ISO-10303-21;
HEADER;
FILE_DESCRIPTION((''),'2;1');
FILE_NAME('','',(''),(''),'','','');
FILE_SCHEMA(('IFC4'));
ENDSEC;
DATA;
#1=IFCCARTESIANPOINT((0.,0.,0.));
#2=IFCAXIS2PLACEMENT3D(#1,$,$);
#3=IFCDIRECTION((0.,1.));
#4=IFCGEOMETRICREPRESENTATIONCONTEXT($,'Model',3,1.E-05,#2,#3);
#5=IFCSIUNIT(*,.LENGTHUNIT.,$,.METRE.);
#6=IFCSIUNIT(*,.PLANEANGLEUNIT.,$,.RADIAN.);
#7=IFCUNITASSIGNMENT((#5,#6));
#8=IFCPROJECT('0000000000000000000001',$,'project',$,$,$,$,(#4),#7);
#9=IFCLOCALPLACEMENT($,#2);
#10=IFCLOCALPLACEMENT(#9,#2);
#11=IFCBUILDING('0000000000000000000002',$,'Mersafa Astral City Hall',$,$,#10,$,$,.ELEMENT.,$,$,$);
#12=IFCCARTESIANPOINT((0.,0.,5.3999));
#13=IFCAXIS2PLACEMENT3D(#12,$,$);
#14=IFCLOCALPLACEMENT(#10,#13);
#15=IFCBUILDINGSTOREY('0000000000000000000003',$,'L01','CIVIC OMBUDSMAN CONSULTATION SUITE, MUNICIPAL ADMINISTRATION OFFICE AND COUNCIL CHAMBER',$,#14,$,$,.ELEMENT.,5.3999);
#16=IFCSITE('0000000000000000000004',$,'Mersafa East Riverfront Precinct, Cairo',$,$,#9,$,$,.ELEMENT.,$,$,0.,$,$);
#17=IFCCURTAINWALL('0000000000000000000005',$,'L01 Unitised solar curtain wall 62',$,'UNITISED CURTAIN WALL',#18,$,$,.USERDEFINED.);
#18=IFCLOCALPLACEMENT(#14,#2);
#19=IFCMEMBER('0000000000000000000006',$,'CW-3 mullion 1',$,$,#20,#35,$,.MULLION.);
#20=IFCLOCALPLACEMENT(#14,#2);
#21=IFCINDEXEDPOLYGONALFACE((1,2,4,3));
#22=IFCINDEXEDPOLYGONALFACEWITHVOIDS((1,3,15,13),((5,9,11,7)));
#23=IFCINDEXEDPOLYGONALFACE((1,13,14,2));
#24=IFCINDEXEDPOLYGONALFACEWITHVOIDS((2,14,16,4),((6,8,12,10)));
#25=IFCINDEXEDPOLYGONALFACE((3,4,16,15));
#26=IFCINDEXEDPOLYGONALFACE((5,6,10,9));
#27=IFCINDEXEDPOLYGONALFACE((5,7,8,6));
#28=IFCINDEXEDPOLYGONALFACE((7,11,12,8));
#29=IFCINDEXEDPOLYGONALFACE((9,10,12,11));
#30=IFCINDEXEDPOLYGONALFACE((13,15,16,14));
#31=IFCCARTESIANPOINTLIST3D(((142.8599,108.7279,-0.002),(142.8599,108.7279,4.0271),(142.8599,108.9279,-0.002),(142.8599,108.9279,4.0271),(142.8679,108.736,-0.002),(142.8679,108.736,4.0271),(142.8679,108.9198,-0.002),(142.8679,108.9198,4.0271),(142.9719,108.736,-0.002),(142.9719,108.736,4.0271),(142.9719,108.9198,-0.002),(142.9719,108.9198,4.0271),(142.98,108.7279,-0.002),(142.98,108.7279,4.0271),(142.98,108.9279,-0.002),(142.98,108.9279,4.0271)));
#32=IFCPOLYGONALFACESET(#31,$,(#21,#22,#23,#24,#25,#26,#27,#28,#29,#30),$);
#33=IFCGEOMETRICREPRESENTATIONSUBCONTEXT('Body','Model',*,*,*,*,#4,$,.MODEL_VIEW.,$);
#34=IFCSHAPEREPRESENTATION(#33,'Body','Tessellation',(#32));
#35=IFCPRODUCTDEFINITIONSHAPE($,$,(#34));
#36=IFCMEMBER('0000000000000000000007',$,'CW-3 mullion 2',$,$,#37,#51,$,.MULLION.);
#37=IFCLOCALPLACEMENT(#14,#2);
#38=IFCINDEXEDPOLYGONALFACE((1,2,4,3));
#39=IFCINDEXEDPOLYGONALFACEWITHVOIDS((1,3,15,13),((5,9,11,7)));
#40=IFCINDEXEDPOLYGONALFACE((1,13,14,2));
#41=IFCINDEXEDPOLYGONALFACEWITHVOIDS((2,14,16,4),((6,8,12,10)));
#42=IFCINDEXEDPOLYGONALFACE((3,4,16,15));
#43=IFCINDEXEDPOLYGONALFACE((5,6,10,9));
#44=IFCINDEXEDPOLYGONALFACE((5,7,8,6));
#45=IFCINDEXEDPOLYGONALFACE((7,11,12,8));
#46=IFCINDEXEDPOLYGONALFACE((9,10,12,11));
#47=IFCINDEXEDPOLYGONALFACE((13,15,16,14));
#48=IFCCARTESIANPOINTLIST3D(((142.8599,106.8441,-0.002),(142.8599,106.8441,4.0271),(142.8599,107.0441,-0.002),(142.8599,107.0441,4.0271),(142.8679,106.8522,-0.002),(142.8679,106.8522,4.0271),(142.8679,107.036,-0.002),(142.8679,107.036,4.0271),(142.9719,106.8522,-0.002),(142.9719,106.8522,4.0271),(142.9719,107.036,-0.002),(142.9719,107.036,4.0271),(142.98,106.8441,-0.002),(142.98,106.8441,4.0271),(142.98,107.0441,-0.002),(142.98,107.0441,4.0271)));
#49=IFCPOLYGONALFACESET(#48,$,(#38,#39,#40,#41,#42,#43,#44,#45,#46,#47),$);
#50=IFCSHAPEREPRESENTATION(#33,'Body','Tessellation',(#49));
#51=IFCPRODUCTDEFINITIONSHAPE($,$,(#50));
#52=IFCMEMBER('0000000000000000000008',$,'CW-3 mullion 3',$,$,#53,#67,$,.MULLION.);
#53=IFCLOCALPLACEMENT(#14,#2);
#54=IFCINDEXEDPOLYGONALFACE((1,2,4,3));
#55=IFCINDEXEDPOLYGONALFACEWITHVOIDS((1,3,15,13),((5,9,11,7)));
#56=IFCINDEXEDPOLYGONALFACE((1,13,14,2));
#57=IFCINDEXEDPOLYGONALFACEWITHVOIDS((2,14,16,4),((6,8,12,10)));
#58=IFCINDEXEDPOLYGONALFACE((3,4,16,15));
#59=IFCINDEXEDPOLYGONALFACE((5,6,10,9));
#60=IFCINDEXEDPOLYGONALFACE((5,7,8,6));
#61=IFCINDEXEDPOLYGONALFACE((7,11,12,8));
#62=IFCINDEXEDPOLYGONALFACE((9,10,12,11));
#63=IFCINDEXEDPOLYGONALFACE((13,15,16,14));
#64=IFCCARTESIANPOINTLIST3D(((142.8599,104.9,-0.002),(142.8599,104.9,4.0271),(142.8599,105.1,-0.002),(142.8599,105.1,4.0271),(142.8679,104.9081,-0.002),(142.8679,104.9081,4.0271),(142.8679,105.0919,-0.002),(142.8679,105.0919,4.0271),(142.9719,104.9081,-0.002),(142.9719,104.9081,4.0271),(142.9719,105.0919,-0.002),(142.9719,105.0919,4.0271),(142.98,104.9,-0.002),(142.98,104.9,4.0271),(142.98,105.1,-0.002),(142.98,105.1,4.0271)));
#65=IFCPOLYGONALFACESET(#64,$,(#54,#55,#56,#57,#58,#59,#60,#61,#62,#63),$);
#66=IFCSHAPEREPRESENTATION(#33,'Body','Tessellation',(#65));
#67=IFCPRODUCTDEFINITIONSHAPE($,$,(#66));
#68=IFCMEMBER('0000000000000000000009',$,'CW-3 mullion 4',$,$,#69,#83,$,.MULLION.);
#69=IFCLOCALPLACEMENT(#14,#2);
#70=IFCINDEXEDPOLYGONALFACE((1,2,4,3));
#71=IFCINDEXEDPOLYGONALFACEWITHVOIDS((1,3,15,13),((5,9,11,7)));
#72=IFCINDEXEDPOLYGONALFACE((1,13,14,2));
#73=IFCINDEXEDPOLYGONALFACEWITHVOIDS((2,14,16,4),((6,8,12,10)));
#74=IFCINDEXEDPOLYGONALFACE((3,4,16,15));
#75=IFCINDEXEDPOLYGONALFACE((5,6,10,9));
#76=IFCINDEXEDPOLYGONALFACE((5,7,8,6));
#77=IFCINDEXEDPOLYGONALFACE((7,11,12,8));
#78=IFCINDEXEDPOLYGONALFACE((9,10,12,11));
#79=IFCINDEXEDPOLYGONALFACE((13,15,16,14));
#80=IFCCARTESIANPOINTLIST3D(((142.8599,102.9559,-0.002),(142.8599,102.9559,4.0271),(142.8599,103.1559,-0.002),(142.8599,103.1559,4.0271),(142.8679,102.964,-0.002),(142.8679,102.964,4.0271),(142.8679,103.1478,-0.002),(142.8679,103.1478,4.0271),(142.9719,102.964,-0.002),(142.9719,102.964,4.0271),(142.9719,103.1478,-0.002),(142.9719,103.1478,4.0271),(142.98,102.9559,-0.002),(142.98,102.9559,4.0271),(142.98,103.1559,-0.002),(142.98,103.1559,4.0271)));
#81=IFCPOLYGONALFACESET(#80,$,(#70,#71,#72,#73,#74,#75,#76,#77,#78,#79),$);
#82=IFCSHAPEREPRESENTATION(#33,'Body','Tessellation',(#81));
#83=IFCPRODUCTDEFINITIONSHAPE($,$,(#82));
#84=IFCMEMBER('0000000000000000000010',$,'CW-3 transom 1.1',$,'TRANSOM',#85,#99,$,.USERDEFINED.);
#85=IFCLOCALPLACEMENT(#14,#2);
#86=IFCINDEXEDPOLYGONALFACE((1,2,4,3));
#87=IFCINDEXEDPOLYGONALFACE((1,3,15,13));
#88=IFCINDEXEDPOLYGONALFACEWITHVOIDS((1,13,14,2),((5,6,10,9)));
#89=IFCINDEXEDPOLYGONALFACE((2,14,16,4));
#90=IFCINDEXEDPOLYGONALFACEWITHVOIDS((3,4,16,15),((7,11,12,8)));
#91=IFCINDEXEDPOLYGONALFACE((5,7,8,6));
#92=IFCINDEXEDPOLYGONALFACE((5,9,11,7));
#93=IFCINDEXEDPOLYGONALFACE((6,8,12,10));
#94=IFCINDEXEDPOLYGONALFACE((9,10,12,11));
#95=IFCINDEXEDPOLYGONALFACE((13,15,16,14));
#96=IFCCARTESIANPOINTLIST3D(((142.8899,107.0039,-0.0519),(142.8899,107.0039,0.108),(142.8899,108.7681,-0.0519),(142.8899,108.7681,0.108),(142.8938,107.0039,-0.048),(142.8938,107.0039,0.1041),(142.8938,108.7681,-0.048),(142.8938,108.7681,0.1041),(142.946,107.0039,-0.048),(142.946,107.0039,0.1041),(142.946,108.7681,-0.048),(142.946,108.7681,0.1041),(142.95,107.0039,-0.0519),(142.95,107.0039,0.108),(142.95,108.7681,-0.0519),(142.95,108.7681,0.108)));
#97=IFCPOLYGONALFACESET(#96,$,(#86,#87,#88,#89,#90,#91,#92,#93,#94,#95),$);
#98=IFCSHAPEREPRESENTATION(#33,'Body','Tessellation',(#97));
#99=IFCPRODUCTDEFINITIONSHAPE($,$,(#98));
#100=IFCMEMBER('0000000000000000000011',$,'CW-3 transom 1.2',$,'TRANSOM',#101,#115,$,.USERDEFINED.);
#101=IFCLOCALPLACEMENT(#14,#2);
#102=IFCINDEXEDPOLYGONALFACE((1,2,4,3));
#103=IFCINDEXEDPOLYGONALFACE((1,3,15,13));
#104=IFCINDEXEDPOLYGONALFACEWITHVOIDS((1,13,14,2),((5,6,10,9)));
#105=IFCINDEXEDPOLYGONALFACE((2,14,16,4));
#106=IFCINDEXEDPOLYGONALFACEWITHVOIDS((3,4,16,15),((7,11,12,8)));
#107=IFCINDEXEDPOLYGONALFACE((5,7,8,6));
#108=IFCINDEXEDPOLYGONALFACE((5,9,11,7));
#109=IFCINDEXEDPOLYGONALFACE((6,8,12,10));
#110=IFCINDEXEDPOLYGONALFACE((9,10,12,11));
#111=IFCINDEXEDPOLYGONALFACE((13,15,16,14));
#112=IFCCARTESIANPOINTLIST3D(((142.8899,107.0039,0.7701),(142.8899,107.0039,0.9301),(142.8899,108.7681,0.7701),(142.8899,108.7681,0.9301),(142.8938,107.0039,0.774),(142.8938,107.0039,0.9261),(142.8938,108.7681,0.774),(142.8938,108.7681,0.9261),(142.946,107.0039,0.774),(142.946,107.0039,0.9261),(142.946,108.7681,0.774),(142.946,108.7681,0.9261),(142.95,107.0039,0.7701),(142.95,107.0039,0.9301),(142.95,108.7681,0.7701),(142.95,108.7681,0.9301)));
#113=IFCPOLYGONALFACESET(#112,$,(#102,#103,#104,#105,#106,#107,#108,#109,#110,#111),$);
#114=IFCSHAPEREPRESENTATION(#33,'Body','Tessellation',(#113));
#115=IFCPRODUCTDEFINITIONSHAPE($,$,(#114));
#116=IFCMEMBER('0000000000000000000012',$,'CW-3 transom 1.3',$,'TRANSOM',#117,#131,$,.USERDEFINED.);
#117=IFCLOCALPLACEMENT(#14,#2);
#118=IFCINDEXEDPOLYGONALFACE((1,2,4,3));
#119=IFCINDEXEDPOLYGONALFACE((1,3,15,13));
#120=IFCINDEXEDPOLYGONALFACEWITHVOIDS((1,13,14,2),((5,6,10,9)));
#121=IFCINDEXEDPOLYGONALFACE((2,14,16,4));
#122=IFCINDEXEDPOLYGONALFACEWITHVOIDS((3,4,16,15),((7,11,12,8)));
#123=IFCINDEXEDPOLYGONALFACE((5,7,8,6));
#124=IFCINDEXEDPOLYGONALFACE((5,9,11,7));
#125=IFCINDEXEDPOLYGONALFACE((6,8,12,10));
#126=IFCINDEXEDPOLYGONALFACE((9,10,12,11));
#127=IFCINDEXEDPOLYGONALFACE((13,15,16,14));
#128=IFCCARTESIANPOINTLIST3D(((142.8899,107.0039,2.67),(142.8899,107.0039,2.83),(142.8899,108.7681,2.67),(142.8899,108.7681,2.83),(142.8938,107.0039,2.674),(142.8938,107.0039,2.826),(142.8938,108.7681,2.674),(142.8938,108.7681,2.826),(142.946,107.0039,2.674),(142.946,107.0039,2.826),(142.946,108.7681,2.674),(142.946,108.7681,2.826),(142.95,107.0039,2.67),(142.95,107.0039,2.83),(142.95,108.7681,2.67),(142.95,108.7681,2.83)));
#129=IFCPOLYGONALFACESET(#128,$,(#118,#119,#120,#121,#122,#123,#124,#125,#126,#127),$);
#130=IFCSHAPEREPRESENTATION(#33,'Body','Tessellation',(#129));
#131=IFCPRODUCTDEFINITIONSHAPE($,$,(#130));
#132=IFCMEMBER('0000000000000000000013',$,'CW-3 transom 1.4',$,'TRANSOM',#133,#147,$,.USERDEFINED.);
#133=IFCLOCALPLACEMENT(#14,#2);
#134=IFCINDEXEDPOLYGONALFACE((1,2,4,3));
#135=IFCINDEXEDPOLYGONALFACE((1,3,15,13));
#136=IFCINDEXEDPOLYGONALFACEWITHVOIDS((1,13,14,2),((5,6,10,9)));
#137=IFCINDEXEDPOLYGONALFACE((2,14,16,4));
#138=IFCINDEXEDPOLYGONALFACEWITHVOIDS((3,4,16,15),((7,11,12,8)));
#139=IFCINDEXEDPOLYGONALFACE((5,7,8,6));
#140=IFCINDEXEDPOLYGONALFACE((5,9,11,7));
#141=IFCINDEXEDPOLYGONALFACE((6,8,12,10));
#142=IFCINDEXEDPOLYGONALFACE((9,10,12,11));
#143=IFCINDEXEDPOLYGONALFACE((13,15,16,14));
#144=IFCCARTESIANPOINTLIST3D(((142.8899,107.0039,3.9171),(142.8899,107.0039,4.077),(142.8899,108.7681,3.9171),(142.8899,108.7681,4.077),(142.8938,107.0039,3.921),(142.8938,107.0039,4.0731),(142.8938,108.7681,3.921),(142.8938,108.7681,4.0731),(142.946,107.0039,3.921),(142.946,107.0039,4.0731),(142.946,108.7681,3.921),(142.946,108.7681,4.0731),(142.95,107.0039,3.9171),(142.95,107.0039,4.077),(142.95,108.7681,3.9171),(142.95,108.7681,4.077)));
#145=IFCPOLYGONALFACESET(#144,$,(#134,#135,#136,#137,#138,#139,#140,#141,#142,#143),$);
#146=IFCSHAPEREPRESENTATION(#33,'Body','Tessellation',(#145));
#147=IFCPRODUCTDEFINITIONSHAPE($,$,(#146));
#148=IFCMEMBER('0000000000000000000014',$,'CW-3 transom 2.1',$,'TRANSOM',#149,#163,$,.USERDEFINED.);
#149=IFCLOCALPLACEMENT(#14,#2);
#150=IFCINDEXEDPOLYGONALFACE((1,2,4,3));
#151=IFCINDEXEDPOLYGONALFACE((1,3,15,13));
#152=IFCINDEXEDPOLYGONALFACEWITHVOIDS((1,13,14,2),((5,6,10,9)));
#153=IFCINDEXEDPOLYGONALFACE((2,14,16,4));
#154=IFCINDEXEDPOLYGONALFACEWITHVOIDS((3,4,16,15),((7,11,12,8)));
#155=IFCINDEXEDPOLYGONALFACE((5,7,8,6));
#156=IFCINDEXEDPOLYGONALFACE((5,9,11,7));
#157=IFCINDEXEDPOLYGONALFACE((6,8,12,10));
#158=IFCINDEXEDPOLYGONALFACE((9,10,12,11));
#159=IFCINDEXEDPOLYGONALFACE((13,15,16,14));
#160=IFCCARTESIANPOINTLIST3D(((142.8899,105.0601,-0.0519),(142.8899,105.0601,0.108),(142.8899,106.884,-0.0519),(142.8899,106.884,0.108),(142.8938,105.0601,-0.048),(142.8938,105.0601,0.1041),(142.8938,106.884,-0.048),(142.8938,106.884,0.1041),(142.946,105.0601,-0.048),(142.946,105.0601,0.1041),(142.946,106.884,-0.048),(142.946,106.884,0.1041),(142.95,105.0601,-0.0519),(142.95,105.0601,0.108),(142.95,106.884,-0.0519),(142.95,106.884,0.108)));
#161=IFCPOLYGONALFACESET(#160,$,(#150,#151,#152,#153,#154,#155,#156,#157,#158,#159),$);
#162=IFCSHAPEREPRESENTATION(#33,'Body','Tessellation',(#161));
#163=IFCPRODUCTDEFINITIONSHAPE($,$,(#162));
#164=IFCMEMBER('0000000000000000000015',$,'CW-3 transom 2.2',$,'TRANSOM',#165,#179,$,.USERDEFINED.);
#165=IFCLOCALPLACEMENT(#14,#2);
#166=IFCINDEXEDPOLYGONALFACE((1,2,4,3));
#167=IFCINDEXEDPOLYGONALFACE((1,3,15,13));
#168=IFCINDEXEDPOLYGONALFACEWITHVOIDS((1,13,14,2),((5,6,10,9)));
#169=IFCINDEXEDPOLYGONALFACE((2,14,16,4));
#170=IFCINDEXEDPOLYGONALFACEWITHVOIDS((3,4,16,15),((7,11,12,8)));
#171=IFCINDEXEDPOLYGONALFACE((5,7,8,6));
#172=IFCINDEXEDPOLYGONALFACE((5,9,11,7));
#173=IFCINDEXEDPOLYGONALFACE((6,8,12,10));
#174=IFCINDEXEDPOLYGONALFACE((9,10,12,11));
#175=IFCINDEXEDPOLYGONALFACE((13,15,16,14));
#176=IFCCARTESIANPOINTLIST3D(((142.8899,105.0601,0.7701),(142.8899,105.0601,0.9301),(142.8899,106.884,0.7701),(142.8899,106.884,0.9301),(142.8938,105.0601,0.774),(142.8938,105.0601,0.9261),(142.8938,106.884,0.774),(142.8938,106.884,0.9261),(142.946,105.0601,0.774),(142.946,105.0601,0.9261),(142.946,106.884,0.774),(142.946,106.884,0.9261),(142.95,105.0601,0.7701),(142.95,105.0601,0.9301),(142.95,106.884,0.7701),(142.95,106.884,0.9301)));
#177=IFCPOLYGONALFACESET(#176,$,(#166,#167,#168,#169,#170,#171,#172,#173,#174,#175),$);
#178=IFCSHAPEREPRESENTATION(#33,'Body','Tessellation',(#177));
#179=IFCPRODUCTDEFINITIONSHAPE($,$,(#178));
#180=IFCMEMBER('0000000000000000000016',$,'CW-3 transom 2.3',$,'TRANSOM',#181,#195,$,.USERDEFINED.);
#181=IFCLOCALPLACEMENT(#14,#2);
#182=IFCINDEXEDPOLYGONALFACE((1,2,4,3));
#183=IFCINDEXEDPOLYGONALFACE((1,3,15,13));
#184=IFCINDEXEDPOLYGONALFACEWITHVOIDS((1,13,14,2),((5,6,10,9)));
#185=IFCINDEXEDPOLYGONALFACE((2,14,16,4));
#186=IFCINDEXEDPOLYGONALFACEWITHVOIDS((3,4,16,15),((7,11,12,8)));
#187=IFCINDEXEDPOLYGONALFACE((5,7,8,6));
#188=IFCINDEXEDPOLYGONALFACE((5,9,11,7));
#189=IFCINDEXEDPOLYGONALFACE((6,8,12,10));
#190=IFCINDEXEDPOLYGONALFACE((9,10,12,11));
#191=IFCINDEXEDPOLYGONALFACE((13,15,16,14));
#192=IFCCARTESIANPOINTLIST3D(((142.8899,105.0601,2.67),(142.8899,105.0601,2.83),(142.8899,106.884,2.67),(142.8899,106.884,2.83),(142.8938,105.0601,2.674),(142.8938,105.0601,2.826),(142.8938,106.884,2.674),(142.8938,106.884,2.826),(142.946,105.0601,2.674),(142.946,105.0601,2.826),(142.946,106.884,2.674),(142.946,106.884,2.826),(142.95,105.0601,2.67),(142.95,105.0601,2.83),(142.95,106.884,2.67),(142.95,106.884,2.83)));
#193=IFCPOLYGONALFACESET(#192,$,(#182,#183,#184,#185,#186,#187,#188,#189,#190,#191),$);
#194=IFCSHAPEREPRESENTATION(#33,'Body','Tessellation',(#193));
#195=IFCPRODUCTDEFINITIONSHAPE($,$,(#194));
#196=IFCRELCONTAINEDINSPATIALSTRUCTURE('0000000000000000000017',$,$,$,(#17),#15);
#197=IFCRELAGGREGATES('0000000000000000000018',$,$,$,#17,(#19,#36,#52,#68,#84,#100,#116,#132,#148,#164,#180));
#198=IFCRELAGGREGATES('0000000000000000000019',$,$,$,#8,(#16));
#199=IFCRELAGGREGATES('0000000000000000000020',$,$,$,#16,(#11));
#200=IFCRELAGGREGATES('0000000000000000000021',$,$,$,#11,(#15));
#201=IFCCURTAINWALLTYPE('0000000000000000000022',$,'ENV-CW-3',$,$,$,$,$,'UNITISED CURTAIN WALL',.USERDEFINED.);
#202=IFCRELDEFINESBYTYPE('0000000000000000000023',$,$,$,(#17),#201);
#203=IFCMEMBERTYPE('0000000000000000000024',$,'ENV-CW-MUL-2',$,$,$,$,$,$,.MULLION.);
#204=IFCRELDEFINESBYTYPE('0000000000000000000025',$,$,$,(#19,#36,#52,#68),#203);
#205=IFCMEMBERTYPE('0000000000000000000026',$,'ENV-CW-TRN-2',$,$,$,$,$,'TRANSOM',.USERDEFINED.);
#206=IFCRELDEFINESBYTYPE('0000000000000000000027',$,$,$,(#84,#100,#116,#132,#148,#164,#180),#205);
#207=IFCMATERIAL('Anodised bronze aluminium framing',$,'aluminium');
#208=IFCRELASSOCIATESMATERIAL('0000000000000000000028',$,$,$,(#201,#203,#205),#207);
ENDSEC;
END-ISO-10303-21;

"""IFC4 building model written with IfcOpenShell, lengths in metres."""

from ifc_helpers import new_model, si_unit, direction, frame, origin, origin_2d, place, context, subcontext, project, spatial, hollow_rectangle, extrude, material, material_profile, profile_set, type_object, element, aggregate, save


model = new_model("IFC4")

# Units and contexts
model_context = context("Model", 3, precision=1e-05, world=origin(), true_north=direction((0.0, 1.0)))
body_context = subcontext(model_context, "Body", "Model", "MODEL_VIEW")
ifc_project = project(units=[si_unit("LENGTHUNIT", "METRE"), si_unit("PLANEANGLEUNIT", "RADIAN")], contexts=[model_context])

# Site, building, storey
site_placement = place(None, origin())
site = spatial("IfcSite", under=ifc_project, at=site_placement, Name="Mersafa East Riverfront Precinct, Cairo", CompositionType="ELEMENT", RefElevation=0.0)
building_placement = place(site_placement, origin())
building = spatial("IfcBuilding", under=site, at=building_placement, Name="Mersafa Astral City Hall", CompositionType="ELEMENT")
storey_placement = place(building_placement, frame((0.0, 0.0, 5.3999)))
storey = spatial("IfcBuildingStorey", under=building, at=storey_placement, Name="L01", Description="CIVIC OMBUDSMAN CONSULTATION SUITE, MUNICIPAL ADMINISTRATION OFFICE AND COUNCIL CHAMBER", CompositionType="ELEMENT", Elevation=5.3999)

# Curtain wall, members
ifc_material_1 = material(Name="Anodised bronze aluminium framing", Category="aluminium")
curtain_wall_type = type_object("IfcCurtainWallType", Name="ENV-CW-3", ElementType="UNITISED CURTAIN WALL", PredefinedType="USERDEFINED", material=ifc_material_1)
curtain_wall_placement = place(storey_placement, origin())
curtain_wall = element("IfcCurtainWall", 1, at=curtain_wall_placement, inside=storey, type_object=curtain_wall_type, Name="L01 Unitised solar curtain wall 62", ObjectType="UNITISED CURTAIN WALL", PredefinedType="USERDEFINED")
ifc_material_profile_1 = material_profile(ifc_material_1, hollow_rectangle(XDim=0.1201, YDim=0.2, WallThickness=0.0081, at=origin_2d()), Name="RHS 120x200x8")
ifc_profile_set_1 = profile_set([ifc_material_profile_1], Name="Anodised bronze aluminium framing")
member_type_1 = type_object("IfcMemberType", Name="ENV-CW-MUL-2", PredefinedType="MULLION", material=ifc_profile_set_1)
member_1_placement = place(storey_placement, frame((142.9199, 108.8279, -0.002), z_axis=(0.0, 0.0, 1.0), x_axis=(1.0, 0.0, 0.0)))
member_1 = element("IfcMember", 2, at=member_1_placement, type_object=member_type_1, Name="CW-3 mullion 1", PredefinedType="MULLION", context=body_context, shape_type="SweptSolid", body=[
    extrude(hollow_rectangle(XDim=0.1201, YDim=0.2, WallThickness=0.0081, at=origin_2d()), origin(), (0.0, 0.0, 1.0), 4.0291),
])
member_2_placement = place(storey_placement, frame((142.9199, 106.9441, -0.002), z_axis=(0.0, 0.0, 1.0), x_axis=(1.0, 0.0, 0.0)))
member_2 = element("IfcMember", 3, at=member_2_placement, type_object=member_type_1, Name="CW-3 mullion 2", PredefinedType="MULLION", context=body_context, shape_type="SweptSolid", body=[
    extrude(hollow_rectangle(XDim=0.1201, YDim=0.2, WallThickness=0.0081, at=origin_2d()), origin(), (0.0, 0.0, 1.0), 4.0291),
])
member_3_placement = place(storey_placement, frame((142.9199, 105.0, -0.002), z_axis=(0.0, 0.0, 1.0), x_axis=(1.0, 0.0, 0.0)))
member_3 = element("IfcMember", 4, at=member_3_placement, type_object=member_type_1, Name="CW-3 mullion 3", PredefinedType="MULLION", context=body_context, shape_type="SweptSolid", body=[
    extrude(hollow_rectangle(XDim=0.1201, YDim=0.2, WallThickness=0.0081, at=origin_2d()), origin(), (0.0, 0.0, 1.0), 4.0291),
])
member_4_placement = place(storey_placement, frame((142.9199, 103.0559, -0.002), z_axis=(0.0, 0.0, 1.0), x_axis=(1.0, 0.0, 0.0)))
member_4 = element("IfcMember", 5, at=member_4_placement, type_object=member_type_1, Name="CW-3 mullion 4", PredefinedType="MULLION", context=body_context, shape_type="SweptSolid", body=[
    extrude(hollow_rectangle(XDim=0.1201, YDim=0.2, WallThickness=0.0081, at=origin_2d()), origin(), (0.0, 0.0, 1.0), 4.0291),
])
ifc_material_profile_2 = material_profile(ifc_material_1, hollow_rectangle(XDim=0.0601, YDim=0.1599, WallThickness=0.0039, at=origin_2d()), Name="RHS 60x160x4")
ifc_profile_set_2 = profile_set([ifc_material_profile_2], Name="Anodised bronze aluminium framing")
member_type_2 = type_object("IfcMemberType", Name="ENV-CW-TRN-2", ElementType="TRANSOM", PredefinedType="USERDEFINED", material=ifc_profile_set_2)
member_5_placement = place(storey_placement, frame((142.9199, 108.7681, 0.0281), z_axis=(0.0, -1.0, 0.0), x_axis=(1.0, 0.0, 0.0)))
member_5 = element("IfcMember", 6, at=member_5_placement, type_object=member_type_2, Name="CW-3 transom 1.1", ObjectType="TRANSOM", PredefinedType="USERDEFINED", context=body_context, shape_type="SweptSolid", body=[
    extrude(hollow_rectangle(XDim=0.0601, YDim=0.1599, WallThickness=0.0039, at=origin_2d()), origin(), (0.0, 0.0, 1.0), 1.7642),
])
member_6_placement = place(storey_placement, frame((142.9199, 108.7681, 0.8501), z_axis=(0.0, -1.0, 0.0), x_axis=(1.0, 0.0, 0.0)))
member_6 = element("IfcMember", 7, at=member_6_placement, type_object=member_type_2, Name="CW-3 transom 1.2", ObjectType="TRANSOM", PredefinedType="USERDEFINED", context=body_context, shape_type="SweptSolid", body=[
    extrude(hollow_rectangle(XDim=0.0601, YDim=0.1599, WallThickness=0.0039, at=origin_2d()), origin(), (0.0, 0.0, 1.0), 1.7642),
])
member_7_placement = place(storey_placement, frame((142.9199, 108.7681, 2.75), z_axis=(0.0, -1.0, 0.0), x_axis=(1.0, 0.0, 0.0)))
member_7 = element("IfcMember", 8, at=member_7_placement, type_object=member_type_2, Name="CW-3 transom 1.3", ObjectType="TRANSOM", PredefinedType="USERDEFINED", context=body_context, shape_type="SweptSolid", body=[
    extrude(hollow_rectangle(XDim=0.0601, YDim=0.1599, WallThickness=0.0039, at=origin_2d()), origin(), (0.0, 0.0, 1.0), 1.7642),
])
member_8_placement = place(storey_placement, frame((142.9199, 108.7681, 3.9971), z_axis=(0.0, -1.0, 0.0), x_axis=(1.0, 0.0, 0.0)))
member_8 = element("IfcMember", 9, at=member_8_placement, type_object=member_type_2, Name="CW-3 transom 1.4", ObjectType="TRANSOM", PredefinedType="USERDEFINED", context=body_context, shape_type="SweptSolid", body=[
    extrude(hollow_rectangle(XDim=0.0601, YDim=0.1599, WallThickness=0.0039, at=origin_2d()), origin(), (0.0, 0.0, 1.0), 1.7642),
])
member_9_placement = place(storey_placement, frame((142.9199, 106.884, 0.0281), z_axis=(0.0, -1.0, 0.0), x_axis=(1.0, 0.0, 0.0)))
member_9 = element("IfcMember", 10, at=member_9_placement, type_object=member_type_2, Name="CW-3 transom 2.1", ObjectType="TRANSOM", PredefinedType="USERDEFINED", context=body_context, shape_type="SweptSolid", body=[
    extrude(hollow_rectangle(XDim=0.0601, YDim=0.1599, WallThickness=0.0039, at=origin_2d()), origin(), (0.0, 0.0, 1.0), 1.824),
])
member_10_placement = place(storey_placement, frame((142.9199, 106.884, 0.8501), z_axis=(0.0, -1.0, 0.0), x_axis=(1.0, 0.0, 0.0)))
member_10 = element("IfcMember", 11, at=member_10_placement, type_object=member_type_2, Name="CW-3 transom 2.2", ObjectType="TRANSOM", PredefinedType="USERDEFINED", context=body_context, shape_type="SweptSolid", body=[
    extrude(hollow_rectangle(XDim=0.0601, YDim=0.1599, WallThickness=0.0039, at=origin_2d()), origin(), (0.0, 0.0, 1.0), 1.824),
])
member_11_placement = place(storey_placement, frame((142.9199, 106.884, 2.75), z_axis=(0.0, -1.0, 0.0), x_axis=(1.0, 0.0, 0.0)))
member_11 = element("IfcMember", 12, at=member_11_placement, type_object=member_type_2, Name="CW-3 transom 2.3", ObjectType="TRANSOM", PredefinedType="USERDEFINED", context=body_context, shape_type="SweptSolid", body=[
    extrude(hollow_rectangle(XDim=0.0601, YDim=0.1599, WallThickness=0.0039, at=origin_2d()), origin(), (0.0, 0.0, 1.0), 1.824),
])

aggregate(curtain_wall, [member_1, member_2, member_3, member_4, member_5, member_6, member_7, member_8, member_9, member_10, member_11])

save(model, "model.ifc")
